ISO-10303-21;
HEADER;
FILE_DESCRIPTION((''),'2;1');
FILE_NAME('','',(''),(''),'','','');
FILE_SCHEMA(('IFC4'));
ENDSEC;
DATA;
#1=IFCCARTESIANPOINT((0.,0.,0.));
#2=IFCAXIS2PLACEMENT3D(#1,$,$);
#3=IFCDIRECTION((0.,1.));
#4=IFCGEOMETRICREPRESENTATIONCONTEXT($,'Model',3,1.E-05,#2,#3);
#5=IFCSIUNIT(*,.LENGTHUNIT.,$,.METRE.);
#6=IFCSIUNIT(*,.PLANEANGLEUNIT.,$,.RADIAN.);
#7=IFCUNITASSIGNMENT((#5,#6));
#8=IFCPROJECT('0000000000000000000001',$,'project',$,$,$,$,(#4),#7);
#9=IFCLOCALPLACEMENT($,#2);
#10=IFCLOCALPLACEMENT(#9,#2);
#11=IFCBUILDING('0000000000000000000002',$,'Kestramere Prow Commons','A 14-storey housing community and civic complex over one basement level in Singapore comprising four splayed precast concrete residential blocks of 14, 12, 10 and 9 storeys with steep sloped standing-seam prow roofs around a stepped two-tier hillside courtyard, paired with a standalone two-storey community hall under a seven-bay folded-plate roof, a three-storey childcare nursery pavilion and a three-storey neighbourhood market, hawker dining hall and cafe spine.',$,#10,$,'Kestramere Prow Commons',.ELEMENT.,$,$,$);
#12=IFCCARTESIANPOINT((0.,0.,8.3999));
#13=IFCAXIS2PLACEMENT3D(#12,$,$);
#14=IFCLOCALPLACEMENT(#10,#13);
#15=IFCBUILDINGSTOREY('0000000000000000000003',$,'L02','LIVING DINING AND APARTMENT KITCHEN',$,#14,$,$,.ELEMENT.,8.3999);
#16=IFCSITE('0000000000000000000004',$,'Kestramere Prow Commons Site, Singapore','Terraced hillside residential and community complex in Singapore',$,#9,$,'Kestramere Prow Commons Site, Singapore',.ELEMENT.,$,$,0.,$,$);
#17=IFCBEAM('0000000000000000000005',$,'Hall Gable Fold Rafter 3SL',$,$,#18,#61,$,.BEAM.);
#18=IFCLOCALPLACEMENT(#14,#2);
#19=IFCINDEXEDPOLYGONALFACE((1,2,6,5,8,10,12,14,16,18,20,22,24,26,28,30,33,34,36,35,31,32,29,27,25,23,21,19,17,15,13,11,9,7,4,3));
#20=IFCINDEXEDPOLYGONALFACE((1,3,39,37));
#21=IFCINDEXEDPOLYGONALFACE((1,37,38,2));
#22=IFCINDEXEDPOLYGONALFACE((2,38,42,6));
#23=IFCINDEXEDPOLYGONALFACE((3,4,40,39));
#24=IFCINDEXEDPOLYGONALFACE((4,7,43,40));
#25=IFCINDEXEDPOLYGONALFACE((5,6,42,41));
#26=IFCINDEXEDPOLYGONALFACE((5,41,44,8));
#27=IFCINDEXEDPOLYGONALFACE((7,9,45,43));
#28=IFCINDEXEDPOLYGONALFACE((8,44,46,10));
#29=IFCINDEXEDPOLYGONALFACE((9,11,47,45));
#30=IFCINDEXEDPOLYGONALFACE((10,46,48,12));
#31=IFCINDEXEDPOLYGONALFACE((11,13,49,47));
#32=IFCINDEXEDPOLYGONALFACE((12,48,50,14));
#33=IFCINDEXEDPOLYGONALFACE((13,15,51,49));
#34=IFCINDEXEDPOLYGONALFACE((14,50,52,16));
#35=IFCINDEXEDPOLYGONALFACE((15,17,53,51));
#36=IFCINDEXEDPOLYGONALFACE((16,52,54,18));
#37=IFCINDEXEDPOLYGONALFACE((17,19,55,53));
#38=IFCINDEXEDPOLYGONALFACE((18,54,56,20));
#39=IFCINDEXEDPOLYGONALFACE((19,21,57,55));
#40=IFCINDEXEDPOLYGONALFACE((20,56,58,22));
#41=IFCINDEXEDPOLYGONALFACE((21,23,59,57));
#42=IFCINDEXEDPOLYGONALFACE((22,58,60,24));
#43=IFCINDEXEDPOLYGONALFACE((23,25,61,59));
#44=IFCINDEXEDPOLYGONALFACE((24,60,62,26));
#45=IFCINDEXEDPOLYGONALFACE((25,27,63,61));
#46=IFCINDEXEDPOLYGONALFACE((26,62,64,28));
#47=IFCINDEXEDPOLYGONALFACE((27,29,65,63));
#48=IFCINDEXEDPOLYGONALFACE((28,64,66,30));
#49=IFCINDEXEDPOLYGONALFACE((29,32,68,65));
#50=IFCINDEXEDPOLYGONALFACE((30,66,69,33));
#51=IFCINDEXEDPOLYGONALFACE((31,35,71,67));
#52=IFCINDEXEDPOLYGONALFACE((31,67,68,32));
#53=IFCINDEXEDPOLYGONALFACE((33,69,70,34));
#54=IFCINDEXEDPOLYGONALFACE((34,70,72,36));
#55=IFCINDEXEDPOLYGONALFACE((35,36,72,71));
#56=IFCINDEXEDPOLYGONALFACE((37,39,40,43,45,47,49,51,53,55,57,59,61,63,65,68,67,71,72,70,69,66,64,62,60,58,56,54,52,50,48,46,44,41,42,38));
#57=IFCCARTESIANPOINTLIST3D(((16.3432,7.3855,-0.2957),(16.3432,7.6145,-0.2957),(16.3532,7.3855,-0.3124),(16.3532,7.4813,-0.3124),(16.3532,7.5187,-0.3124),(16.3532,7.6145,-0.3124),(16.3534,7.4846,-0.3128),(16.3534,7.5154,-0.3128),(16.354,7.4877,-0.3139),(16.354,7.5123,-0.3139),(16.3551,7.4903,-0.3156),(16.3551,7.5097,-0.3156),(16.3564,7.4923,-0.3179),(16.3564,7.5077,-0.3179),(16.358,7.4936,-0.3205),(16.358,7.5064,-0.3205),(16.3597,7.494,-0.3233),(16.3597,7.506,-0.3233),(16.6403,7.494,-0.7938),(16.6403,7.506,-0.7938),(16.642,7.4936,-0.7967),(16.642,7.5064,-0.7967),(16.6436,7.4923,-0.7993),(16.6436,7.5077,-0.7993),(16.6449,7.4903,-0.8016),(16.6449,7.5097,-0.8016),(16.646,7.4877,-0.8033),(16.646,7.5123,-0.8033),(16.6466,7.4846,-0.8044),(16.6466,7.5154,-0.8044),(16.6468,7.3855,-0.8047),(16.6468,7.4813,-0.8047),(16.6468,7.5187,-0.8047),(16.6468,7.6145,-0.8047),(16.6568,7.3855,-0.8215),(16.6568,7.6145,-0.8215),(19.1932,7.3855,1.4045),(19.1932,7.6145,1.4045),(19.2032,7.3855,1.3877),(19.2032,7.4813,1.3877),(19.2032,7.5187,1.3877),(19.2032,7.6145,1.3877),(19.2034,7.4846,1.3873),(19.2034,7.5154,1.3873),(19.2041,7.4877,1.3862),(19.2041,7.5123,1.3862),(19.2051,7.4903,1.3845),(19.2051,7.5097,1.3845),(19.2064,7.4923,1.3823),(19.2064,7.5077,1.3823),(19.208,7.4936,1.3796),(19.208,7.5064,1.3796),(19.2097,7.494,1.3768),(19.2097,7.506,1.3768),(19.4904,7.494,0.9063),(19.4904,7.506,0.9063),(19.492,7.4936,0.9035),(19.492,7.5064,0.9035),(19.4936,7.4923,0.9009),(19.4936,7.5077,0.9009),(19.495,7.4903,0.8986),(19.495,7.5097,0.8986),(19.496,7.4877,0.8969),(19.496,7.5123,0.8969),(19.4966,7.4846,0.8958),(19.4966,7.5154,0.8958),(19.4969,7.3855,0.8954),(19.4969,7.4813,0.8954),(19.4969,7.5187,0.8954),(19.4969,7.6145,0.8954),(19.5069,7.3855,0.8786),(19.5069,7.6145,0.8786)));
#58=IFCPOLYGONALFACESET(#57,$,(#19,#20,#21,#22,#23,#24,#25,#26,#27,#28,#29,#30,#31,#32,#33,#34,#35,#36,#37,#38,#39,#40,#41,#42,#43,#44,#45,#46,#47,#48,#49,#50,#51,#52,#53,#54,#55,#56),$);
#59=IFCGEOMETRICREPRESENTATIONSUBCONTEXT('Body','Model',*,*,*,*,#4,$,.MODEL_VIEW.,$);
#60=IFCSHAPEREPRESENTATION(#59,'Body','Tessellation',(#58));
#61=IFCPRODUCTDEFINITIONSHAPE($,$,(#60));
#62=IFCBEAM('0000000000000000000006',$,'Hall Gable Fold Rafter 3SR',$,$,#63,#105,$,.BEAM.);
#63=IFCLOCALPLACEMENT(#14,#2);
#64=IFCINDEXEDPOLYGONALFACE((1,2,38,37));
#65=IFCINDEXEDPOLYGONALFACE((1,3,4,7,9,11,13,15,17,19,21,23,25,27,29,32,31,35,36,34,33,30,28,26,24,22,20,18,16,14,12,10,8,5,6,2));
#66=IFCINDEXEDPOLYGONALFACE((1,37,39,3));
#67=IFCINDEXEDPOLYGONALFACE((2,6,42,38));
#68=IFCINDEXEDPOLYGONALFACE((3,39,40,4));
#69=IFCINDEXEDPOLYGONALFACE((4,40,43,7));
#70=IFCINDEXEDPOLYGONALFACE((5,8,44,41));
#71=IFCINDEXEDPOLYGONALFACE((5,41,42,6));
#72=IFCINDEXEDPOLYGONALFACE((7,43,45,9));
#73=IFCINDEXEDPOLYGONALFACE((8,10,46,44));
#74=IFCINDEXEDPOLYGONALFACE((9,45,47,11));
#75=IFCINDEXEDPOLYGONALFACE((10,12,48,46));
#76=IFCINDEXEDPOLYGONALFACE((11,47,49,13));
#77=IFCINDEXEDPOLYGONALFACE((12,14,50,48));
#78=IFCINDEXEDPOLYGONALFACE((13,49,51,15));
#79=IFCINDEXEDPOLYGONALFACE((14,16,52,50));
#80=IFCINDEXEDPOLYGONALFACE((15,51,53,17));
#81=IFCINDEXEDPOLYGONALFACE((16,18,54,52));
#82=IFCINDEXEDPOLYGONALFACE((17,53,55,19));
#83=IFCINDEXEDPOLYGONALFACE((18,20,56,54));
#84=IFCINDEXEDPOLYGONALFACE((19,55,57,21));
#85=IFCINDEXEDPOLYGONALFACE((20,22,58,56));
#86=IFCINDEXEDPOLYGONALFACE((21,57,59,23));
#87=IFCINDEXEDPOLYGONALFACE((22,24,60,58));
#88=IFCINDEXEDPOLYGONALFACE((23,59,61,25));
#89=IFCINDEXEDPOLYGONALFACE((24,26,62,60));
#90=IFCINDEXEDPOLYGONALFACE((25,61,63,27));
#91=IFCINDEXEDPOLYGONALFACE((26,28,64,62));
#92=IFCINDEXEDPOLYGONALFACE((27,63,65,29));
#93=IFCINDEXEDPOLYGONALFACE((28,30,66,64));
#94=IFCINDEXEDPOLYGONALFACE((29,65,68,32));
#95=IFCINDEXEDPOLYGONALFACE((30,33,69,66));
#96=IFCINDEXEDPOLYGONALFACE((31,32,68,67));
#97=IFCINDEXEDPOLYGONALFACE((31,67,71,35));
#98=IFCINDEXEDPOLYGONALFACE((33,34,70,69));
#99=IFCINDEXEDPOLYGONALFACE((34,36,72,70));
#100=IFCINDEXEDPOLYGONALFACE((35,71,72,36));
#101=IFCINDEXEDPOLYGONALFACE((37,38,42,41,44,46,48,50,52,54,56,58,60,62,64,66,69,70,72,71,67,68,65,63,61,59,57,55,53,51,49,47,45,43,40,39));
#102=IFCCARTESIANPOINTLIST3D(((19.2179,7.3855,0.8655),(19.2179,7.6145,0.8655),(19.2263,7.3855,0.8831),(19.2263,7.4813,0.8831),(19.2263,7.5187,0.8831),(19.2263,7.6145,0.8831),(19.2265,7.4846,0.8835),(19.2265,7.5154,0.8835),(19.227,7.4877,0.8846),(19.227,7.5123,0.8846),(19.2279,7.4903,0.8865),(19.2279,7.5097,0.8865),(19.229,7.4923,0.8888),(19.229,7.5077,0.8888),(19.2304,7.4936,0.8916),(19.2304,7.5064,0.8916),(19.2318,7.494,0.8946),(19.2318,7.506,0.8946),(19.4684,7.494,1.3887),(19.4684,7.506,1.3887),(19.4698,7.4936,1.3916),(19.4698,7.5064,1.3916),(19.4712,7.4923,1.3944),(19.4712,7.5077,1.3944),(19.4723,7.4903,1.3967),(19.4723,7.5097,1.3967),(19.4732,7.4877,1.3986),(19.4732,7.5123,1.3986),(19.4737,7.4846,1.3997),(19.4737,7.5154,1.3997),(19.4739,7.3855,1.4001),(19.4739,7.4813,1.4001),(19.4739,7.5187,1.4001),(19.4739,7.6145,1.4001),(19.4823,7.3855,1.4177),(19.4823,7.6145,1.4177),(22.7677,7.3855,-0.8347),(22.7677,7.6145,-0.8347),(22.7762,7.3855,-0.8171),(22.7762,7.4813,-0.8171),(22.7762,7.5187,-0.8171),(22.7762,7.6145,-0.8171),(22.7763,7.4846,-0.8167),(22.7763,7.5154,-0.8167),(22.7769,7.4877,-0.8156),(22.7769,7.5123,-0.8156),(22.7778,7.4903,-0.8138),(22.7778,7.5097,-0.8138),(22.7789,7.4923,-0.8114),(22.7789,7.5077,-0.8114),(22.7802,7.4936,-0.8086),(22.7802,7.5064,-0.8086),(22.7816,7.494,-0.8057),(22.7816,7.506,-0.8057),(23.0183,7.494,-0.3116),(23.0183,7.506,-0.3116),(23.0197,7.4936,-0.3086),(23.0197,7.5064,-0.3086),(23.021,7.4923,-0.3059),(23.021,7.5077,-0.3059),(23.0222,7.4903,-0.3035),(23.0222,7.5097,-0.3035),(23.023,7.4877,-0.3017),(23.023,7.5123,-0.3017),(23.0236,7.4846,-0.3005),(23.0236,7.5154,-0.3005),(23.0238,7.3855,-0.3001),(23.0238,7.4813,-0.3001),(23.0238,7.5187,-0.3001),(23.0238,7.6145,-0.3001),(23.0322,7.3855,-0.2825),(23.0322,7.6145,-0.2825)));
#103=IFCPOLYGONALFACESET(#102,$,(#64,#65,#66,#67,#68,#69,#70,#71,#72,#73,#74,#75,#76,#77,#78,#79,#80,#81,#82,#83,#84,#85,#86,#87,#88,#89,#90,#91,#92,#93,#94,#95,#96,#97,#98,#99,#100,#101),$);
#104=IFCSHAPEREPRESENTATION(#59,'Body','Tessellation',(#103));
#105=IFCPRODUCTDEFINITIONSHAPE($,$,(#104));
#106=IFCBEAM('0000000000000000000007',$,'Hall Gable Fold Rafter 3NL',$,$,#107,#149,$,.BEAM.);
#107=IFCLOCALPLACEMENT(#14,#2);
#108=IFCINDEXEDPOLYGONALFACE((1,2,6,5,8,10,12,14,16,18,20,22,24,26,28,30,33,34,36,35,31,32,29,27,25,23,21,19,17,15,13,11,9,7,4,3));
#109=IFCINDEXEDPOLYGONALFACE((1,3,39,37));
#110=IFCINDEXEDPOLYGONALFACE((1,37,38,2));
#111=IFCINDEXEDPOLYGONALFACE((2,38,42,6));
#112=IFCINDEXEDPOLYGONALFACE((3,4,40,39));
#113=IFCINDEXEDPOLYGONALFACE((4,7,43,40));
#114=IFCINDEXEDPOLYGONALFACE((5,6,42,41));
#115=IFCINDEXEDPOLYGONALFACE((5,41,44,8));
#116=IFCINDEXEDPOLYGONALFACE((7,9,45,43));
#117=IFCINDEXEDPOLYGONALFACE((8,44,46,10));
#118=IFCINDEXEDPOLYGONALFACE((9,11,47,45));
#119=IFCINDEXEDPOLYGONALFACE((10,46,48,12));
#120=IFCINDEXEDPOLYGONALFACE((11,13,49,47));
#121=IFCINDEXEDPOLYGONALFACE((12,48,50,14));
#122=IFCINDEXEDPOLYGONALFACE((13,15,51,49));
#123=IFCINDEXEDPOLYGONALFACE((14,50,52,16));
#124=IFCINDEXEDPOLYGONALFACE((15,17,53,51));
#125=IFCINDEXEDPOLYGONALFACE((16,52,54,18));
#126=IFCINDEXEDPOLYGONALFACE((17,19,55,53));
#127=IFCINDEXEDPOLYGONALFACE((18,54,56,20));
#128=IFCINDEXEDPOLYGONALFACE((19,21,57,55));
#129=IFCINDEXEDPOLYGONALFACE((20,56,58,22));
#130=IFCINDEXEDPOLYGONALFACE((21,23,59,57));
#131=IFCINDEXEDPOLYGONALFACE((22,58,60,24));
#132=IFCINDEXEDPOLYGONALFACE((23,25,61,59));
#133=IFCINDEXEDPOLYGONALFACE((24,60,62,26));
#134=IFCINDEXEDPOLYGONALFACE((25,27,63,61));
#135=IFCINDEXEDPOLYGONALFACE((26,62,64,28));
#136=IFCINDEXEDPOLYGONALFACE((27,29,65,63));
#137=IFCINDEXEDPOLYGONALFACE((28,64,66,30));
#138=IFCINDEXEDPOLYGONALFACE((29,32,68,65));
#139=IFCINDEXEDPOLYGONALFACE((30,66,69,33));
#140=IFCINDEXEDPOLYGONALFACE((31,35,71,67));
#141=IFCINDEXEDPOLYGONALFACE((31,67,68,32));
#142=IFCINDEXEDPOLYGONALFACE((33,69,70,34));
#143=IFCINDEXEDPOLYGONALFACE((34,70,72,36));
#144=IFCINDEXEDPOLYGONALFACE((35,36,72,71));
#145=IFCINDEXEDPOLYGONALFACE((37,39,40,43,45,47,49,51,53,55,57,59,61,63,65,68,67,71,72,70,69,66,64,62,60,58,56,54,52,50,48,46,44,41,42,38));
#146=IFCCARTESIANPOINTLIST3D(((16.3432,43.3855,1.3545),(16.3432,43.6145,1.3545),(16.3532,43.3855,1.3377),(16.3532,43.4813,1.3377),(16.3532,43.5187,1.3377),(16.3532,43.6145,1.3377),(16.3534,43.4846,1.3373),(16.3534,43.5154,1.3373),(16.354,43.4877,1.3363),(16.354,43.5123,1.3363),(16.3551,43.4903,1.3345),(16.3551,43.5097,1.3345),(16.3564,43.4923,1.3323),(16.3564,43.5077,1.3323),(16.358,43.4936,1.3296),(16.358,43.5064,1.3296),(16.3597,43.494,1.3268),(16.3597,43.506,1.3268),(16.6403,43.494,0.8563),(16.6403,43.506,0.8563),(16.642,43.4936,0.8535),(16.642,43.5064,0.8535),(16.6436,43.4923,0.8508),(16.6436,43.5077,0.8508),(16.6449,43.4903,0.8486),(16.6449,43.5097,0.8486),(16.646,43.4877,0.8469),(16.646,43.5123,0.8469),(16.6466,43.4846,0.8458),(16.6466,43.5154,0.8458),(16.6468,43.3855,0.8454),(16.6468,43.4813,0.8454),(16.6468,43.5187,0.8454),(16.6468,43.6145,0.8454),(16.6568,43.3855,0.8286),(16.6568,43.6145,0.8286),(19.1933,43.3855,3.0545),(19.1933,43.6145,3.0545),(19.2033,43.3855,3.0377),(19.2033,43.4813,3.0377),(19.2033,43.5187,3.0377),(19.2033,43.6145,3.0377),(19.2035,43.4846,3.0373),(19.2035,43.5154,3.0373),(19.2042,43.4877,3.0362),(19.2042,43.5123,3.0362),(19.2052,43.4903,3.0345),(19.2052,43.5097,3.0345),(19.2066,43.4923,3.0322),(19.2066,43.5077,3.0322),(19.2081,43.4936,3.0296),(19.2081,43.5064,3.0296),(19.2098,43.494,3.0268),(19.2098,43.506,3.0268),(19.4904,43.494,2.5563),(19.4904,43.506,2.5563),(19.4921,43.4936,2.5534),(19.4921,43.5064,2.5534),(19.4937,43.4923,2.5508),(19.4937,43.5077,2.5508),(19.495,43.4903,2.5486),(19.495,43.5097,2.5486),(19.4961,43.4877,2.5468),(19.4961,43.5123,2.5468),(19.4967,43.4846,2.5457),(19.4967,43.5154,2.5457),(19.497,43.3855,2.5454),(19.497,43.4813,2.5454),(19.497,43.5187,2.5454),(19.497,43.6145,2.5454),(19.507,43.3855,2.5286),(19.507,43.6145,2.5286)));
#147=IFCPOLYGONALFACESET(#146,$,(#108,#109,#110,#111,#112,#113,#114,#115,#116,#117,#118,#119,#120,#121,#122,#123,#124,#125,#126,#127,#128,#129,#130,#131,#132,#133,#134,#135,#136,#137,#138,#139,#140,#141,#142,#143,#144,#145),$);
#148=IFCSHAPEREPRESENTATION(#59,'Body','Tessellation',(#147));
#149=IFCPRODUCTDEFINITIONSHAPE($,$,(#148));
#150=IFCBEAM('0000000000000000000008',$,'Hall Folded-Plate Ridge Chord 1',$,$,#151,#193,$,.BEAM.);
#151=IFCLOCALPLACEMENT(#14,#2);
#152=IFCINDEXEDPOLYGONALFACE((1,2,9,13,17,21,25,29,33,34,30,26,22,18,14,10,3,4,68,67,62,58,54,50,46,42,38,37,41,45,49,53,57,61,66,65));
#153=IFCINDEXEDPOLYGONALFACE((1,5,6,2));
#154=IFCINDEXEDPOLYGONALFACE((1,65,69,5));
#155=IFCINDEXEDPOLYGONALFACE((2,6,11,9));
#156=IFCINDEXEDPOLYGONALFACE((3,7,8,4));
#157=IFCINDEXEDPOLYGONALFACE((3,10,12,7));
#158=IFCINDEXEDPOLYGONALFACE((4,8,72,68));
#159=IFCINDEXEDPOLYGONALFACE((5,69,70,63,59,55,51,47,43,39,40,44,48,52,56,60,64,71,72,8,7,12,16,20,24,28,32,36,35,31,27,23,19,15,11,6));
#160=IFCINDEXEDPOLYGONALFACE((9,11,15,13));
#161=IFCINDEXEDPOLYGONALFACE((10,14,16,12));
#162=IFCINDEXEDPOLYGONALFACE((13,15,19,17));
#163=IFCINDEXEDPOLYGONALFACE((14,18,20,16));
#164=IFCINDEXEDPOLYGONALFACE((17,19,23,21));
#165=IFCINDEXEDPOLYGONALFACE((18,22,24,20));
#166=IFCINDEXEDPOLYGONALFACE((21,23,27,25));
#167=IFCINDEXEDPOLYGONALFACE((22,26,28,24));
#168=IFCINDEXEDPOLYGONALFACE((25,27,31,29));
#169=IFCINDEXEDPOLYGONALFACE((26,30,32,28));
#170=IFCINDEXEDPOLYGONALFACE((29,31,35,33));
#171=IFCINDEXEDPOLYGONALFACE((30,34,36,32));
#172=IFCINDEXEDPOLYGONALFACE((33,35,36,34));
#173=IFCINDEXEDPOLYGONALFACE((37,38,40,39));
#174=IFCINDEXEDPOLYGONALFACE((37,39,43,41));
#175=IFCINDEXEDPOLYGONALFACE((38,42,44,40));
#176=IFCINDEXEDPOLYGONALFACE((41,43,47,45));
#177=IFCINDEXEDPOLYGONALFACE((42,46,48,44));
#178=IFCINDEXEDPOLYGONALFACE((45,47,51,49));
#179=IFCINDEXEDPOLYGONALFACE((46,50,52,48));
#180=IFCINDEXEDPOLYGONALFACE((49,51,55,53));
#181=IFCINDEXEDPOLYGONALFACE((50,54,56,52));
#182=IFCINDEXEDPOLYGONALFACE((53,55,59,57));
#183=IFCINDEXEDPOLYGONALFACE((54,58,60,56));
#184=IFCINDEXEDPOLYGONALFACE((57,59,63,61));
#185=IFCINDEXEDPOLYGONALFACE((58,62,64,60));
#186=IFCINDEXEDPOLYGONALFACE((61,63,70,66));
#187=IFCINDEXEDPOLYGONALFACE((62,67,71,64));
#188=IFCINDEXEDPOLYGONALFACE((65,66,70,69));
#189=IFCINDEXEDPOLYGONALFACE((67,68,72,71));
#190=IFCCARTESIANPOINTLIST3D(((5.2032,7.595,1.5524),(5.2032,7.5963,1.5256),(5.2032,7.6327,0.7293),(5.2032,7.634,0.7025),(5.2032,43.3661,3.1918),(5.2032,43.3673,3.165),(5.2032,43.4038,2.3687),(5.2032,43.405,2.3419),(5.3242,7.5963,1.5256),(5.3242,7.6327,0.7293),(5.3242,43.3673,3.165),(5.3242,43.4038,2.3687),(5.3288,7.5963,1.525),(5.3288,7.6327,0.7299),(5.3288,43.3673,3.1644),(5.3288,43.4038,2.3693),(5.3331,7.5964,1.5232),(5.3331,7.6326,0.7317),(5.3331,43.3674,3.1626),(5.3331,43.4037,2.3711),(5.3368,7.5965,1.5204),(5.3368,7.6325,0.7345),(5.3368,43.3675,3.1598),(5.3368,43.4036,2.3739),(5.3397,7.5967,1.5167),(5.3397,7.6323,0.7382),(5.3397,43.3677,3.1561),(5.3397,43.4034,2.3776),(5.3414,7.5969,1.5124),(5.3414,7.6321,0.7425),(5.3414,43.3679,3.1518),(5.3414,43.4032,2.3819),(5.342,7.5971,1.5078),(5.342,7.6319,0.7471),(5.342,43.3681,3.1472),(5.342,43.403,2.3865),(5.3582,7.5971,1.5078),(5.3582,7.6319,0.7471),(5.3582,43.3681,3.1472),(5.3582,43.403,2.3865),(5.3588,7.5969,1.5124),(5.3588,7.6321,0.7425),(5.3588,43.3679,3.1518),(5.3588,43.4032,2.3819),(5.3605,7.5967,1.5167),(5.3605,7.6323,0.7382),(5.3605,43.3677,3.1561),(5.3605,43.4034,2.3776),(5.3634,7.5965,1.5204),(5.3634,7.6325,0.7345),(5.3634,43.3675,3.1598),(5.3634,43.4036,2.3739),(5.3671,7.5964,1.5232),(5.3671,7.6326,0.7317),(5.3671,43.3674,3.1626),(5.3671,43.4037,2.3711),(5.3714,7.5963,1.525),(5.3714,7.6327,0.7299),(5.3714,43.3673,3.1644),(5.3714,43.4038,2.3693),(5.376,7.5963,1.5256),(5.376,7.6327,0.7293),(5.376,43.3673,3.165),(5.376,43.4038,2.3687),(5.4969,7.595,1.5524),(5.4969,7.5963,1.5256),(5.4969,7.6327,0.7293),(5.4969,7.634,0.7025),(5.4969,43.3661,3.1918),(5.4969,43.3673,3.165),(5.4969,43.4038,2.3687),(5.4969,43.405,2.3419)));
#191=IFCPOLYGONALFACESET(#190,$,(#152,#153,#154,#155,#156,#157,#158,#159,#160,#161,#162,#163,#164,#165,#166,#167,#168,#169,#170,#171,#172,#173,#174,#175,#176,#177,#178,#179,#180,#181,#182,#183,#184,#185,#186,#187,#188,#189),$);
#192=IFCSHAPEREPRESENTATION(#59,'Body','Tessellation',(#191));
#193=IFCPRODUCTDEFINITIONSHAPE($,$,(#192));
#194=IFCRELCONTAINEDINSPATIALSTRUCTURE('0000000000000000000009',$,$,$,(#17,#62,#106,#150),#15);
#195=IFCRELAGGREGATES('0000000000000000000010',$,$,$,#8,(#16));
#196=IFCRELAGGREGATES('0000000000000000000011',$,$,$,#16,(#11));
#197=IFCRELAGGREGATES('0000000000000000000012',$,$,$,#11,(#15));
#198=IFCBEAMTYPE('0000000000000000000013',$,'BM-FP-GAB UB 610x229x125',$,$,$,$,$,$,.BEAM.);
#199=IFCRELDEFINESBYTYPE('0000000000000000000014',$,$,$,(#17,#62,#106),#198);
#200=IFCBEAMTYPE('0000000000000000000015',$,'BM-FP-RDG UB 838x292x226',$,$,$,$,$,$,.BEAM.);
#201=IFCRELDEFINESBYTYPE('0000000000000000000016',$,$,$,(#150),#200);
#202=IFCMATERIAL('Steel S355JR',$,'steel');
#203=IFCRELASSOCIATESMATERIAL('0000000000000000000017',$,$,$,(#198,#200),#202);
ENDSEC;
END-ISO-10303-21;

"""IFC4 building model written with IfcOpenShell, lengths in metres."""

from ifc_helpers import new_model, si_unit, direction, frame, origin, origin_2d, place, context, subcontext, project, spatial, i_section, extrude, material, material_profile, profile_set, type_object, element, save


model = new_model("IFC4")

# Units and contexts
model_context = context("Model", 3, precision=1e-05, world=origin(), true_north=direction((0.0, 1.0)))
body_context = subcontext(model_context, "Body", "Model", "MODEL_VIEW")
ifc_project = project(units=[si_unit("LENGTHUNIT", "METRE"), si_unit("PLANEANGLEUNIT", "RADIAN")], contexts=[model_context])

# Site, building, storey
site_placement = place(None, origin())
site = spatial("IfcSite", under=ifc_project, at=site_placement, Name="Kestramere Prow Commons Site, Singapore", Description="Terraced hillside residential and community complex in Singapore", LongName="Kestramere Prow Commons Site, Singapore", CompositionType="ELEMENT", RefElevation=0.0)
building_placement = place(site_placement, origin())
building = spatial("IfcBuilding", under=site, at=building_placement, Name="Kestramere Prow Commons", Description="A 14-storey housing community and civic complex over one basement level in Singapore comprising four splayed precast concrete residential blocks of 14, 12, 10 and 9 storeys with steep sloped standing-seam prow roofs around a stepped two-tier hillside courtyard, paired with a standalone two-storey community hall under a seven-bay folded-plate roof, a three-storey childcare nursery pavilion and a three-storey neighbourhood market, hawker dining hall and cafe spine.", LongName="Kestramere Prow Commons", CompositionType="ELEMENT")
storey_placement = place(building_placement, frame((0.0, 0.0, 8.3999)))
storey = spatial("IfcBuildingStorey", under=building, at=storey_placement, Name="L02", Description="LIVING DINING AND APARTMENT KITCHEN", CompositionType="ELEMENT", Elevation=8.3999)

# Beams
ifc_material_1 = material(Name="Steel S355JR", Category="steel")
ifc_material_profile_1 = material_profile(ifc_material_1, i_section(OverallWidth=0.229, OverallDepth=0.6123, WebThickness=0.012, FlangeThickness=0.0195, FilletRadius=0.0127, at=origin_2d()), Name="UB 610x229x125")
ifc_profile_set_1 = profile_set([ifc_material_profile_1], Name="Steel S355JR")
beam_type_1 = type_object("IfcBeamType", Name="BM-FP-GAB UB 610x229x125", PredefinedType="BEAM", material=ifc_profile_set_1)
beam_1_placement = place(storey_placement, frame((16.5, 7.5, -0.5586), z_axis=(0.858801, 0.0, 0.512309), x_axis=(0.0, 1.0, 0.0)))
element("IfcBeam", 1, at=beam_1_placement, inside=storey, type_object=beam_type_1, Name="Hall Gable Fold Rafter 3SL", PredefinedType="BEAM", context=body_context, shape_type="SweptSolid", body=[
    extrude(i_section(OverallWidth=0.229, OverallDepth=0.6123, WebThickness=0.012, FlangeThickness=0.0195, FilletRadius=0.0127, at=origin_2d()), origin(), (0.0, 0.0, 1.0), 3.3186),
])
beam_2_placement = place(storey_placement, frame((19.3501, 7.5, 1.1416), z_axis=(0.901891, 0.0, -0.431965), x_axis=(0.0, 1.0, 0.0)))
element("IfcBeam", 2, at=beam_2_placement, inside=storey, type_object=beam_type_1, Name="Hall Gable Fold Rafter 3SR", PredefinedType="BEAM", context=body_context, shape_type="SweptSolid", body=[
    extrude(i_section(OverallWidth=0.229, OverallDepth=0.6123, WebThickness=0.012, FlangeThickness=0.0195, FilletRadius=0.0127, at=origin_2d()), origin(), (0.0, 0.0, 1.0), 3.936),
])
beam_3_placement = place(storey_placement, frame((16.5, 43.5, 1.0916), z_axis=(0.858834, 0.0, 0.512255), x_axis=(0.0, 1.0, 0.0)))
element("IfcBeam", 3, at=beam_3_placement, inside=storey, type_object=beam_type_1, Name="Hall Gable Fold Rafter 3NL", PredefinedType="BEAM", context=body_context, shape_type="SweptSolid", body=[
    extrude(i_section(OverallWidth=0.229, OverallDepth=0.6123, WebThickness=0.012, FlangeThickness=0.0195, FilletRadius=0.0127, at=origin_2d()), origin(), (0.0, 0.0, 1.0), 3.3186),
])
ifc_material_profile_2 = material_profile(ifc_material_1, i_section(OverallWidth=0.2937, OverallDepth=0.8508, WebThickness=0.0161, FlangeThickness=0.0269, FilletRadius=0.0178, at=origin_2d()), Name="UB 838x292x226")
ifc_profile_set_2 = profile_set([ifc_material_profile_2], Name="Steel S355JR")
beam_type_2 = type_object("IfcBeamType", Name="BM-FP-RDG UB 838x292x226", PredefinedType="BEAM", material=ifc_profile_set_2)
for number, where, z_axis, x_axis, name in (
    (4, (5.3501, 7.6145, 1.1274), (0.0, 0.998951, 0.045782), (-1.0, 0.0, 0.0), "Hall Folded-Plate Ridge Chord 1"),
):
    element("IfcBeam", number, at=place(storey_placement, frame(where, z_axis=z_axis, x_axis=x_axis)), inside=storey, type_object=beam_type_2, Name=name, PredefinedType="BEAM", context=body_context, shape_type="SweptSolid", body=[
        extrude(i_section(OverallWidth=0.2937, OverallDepth=0.8508, WebThickness=0.0161, FlangeThickness=0.0269, FilletRadius=0.0178, at=origin_2d()), origin(), (0.0, 0.0, 1.0), 35.8086),
    ])

save(model, "model.ifc")
